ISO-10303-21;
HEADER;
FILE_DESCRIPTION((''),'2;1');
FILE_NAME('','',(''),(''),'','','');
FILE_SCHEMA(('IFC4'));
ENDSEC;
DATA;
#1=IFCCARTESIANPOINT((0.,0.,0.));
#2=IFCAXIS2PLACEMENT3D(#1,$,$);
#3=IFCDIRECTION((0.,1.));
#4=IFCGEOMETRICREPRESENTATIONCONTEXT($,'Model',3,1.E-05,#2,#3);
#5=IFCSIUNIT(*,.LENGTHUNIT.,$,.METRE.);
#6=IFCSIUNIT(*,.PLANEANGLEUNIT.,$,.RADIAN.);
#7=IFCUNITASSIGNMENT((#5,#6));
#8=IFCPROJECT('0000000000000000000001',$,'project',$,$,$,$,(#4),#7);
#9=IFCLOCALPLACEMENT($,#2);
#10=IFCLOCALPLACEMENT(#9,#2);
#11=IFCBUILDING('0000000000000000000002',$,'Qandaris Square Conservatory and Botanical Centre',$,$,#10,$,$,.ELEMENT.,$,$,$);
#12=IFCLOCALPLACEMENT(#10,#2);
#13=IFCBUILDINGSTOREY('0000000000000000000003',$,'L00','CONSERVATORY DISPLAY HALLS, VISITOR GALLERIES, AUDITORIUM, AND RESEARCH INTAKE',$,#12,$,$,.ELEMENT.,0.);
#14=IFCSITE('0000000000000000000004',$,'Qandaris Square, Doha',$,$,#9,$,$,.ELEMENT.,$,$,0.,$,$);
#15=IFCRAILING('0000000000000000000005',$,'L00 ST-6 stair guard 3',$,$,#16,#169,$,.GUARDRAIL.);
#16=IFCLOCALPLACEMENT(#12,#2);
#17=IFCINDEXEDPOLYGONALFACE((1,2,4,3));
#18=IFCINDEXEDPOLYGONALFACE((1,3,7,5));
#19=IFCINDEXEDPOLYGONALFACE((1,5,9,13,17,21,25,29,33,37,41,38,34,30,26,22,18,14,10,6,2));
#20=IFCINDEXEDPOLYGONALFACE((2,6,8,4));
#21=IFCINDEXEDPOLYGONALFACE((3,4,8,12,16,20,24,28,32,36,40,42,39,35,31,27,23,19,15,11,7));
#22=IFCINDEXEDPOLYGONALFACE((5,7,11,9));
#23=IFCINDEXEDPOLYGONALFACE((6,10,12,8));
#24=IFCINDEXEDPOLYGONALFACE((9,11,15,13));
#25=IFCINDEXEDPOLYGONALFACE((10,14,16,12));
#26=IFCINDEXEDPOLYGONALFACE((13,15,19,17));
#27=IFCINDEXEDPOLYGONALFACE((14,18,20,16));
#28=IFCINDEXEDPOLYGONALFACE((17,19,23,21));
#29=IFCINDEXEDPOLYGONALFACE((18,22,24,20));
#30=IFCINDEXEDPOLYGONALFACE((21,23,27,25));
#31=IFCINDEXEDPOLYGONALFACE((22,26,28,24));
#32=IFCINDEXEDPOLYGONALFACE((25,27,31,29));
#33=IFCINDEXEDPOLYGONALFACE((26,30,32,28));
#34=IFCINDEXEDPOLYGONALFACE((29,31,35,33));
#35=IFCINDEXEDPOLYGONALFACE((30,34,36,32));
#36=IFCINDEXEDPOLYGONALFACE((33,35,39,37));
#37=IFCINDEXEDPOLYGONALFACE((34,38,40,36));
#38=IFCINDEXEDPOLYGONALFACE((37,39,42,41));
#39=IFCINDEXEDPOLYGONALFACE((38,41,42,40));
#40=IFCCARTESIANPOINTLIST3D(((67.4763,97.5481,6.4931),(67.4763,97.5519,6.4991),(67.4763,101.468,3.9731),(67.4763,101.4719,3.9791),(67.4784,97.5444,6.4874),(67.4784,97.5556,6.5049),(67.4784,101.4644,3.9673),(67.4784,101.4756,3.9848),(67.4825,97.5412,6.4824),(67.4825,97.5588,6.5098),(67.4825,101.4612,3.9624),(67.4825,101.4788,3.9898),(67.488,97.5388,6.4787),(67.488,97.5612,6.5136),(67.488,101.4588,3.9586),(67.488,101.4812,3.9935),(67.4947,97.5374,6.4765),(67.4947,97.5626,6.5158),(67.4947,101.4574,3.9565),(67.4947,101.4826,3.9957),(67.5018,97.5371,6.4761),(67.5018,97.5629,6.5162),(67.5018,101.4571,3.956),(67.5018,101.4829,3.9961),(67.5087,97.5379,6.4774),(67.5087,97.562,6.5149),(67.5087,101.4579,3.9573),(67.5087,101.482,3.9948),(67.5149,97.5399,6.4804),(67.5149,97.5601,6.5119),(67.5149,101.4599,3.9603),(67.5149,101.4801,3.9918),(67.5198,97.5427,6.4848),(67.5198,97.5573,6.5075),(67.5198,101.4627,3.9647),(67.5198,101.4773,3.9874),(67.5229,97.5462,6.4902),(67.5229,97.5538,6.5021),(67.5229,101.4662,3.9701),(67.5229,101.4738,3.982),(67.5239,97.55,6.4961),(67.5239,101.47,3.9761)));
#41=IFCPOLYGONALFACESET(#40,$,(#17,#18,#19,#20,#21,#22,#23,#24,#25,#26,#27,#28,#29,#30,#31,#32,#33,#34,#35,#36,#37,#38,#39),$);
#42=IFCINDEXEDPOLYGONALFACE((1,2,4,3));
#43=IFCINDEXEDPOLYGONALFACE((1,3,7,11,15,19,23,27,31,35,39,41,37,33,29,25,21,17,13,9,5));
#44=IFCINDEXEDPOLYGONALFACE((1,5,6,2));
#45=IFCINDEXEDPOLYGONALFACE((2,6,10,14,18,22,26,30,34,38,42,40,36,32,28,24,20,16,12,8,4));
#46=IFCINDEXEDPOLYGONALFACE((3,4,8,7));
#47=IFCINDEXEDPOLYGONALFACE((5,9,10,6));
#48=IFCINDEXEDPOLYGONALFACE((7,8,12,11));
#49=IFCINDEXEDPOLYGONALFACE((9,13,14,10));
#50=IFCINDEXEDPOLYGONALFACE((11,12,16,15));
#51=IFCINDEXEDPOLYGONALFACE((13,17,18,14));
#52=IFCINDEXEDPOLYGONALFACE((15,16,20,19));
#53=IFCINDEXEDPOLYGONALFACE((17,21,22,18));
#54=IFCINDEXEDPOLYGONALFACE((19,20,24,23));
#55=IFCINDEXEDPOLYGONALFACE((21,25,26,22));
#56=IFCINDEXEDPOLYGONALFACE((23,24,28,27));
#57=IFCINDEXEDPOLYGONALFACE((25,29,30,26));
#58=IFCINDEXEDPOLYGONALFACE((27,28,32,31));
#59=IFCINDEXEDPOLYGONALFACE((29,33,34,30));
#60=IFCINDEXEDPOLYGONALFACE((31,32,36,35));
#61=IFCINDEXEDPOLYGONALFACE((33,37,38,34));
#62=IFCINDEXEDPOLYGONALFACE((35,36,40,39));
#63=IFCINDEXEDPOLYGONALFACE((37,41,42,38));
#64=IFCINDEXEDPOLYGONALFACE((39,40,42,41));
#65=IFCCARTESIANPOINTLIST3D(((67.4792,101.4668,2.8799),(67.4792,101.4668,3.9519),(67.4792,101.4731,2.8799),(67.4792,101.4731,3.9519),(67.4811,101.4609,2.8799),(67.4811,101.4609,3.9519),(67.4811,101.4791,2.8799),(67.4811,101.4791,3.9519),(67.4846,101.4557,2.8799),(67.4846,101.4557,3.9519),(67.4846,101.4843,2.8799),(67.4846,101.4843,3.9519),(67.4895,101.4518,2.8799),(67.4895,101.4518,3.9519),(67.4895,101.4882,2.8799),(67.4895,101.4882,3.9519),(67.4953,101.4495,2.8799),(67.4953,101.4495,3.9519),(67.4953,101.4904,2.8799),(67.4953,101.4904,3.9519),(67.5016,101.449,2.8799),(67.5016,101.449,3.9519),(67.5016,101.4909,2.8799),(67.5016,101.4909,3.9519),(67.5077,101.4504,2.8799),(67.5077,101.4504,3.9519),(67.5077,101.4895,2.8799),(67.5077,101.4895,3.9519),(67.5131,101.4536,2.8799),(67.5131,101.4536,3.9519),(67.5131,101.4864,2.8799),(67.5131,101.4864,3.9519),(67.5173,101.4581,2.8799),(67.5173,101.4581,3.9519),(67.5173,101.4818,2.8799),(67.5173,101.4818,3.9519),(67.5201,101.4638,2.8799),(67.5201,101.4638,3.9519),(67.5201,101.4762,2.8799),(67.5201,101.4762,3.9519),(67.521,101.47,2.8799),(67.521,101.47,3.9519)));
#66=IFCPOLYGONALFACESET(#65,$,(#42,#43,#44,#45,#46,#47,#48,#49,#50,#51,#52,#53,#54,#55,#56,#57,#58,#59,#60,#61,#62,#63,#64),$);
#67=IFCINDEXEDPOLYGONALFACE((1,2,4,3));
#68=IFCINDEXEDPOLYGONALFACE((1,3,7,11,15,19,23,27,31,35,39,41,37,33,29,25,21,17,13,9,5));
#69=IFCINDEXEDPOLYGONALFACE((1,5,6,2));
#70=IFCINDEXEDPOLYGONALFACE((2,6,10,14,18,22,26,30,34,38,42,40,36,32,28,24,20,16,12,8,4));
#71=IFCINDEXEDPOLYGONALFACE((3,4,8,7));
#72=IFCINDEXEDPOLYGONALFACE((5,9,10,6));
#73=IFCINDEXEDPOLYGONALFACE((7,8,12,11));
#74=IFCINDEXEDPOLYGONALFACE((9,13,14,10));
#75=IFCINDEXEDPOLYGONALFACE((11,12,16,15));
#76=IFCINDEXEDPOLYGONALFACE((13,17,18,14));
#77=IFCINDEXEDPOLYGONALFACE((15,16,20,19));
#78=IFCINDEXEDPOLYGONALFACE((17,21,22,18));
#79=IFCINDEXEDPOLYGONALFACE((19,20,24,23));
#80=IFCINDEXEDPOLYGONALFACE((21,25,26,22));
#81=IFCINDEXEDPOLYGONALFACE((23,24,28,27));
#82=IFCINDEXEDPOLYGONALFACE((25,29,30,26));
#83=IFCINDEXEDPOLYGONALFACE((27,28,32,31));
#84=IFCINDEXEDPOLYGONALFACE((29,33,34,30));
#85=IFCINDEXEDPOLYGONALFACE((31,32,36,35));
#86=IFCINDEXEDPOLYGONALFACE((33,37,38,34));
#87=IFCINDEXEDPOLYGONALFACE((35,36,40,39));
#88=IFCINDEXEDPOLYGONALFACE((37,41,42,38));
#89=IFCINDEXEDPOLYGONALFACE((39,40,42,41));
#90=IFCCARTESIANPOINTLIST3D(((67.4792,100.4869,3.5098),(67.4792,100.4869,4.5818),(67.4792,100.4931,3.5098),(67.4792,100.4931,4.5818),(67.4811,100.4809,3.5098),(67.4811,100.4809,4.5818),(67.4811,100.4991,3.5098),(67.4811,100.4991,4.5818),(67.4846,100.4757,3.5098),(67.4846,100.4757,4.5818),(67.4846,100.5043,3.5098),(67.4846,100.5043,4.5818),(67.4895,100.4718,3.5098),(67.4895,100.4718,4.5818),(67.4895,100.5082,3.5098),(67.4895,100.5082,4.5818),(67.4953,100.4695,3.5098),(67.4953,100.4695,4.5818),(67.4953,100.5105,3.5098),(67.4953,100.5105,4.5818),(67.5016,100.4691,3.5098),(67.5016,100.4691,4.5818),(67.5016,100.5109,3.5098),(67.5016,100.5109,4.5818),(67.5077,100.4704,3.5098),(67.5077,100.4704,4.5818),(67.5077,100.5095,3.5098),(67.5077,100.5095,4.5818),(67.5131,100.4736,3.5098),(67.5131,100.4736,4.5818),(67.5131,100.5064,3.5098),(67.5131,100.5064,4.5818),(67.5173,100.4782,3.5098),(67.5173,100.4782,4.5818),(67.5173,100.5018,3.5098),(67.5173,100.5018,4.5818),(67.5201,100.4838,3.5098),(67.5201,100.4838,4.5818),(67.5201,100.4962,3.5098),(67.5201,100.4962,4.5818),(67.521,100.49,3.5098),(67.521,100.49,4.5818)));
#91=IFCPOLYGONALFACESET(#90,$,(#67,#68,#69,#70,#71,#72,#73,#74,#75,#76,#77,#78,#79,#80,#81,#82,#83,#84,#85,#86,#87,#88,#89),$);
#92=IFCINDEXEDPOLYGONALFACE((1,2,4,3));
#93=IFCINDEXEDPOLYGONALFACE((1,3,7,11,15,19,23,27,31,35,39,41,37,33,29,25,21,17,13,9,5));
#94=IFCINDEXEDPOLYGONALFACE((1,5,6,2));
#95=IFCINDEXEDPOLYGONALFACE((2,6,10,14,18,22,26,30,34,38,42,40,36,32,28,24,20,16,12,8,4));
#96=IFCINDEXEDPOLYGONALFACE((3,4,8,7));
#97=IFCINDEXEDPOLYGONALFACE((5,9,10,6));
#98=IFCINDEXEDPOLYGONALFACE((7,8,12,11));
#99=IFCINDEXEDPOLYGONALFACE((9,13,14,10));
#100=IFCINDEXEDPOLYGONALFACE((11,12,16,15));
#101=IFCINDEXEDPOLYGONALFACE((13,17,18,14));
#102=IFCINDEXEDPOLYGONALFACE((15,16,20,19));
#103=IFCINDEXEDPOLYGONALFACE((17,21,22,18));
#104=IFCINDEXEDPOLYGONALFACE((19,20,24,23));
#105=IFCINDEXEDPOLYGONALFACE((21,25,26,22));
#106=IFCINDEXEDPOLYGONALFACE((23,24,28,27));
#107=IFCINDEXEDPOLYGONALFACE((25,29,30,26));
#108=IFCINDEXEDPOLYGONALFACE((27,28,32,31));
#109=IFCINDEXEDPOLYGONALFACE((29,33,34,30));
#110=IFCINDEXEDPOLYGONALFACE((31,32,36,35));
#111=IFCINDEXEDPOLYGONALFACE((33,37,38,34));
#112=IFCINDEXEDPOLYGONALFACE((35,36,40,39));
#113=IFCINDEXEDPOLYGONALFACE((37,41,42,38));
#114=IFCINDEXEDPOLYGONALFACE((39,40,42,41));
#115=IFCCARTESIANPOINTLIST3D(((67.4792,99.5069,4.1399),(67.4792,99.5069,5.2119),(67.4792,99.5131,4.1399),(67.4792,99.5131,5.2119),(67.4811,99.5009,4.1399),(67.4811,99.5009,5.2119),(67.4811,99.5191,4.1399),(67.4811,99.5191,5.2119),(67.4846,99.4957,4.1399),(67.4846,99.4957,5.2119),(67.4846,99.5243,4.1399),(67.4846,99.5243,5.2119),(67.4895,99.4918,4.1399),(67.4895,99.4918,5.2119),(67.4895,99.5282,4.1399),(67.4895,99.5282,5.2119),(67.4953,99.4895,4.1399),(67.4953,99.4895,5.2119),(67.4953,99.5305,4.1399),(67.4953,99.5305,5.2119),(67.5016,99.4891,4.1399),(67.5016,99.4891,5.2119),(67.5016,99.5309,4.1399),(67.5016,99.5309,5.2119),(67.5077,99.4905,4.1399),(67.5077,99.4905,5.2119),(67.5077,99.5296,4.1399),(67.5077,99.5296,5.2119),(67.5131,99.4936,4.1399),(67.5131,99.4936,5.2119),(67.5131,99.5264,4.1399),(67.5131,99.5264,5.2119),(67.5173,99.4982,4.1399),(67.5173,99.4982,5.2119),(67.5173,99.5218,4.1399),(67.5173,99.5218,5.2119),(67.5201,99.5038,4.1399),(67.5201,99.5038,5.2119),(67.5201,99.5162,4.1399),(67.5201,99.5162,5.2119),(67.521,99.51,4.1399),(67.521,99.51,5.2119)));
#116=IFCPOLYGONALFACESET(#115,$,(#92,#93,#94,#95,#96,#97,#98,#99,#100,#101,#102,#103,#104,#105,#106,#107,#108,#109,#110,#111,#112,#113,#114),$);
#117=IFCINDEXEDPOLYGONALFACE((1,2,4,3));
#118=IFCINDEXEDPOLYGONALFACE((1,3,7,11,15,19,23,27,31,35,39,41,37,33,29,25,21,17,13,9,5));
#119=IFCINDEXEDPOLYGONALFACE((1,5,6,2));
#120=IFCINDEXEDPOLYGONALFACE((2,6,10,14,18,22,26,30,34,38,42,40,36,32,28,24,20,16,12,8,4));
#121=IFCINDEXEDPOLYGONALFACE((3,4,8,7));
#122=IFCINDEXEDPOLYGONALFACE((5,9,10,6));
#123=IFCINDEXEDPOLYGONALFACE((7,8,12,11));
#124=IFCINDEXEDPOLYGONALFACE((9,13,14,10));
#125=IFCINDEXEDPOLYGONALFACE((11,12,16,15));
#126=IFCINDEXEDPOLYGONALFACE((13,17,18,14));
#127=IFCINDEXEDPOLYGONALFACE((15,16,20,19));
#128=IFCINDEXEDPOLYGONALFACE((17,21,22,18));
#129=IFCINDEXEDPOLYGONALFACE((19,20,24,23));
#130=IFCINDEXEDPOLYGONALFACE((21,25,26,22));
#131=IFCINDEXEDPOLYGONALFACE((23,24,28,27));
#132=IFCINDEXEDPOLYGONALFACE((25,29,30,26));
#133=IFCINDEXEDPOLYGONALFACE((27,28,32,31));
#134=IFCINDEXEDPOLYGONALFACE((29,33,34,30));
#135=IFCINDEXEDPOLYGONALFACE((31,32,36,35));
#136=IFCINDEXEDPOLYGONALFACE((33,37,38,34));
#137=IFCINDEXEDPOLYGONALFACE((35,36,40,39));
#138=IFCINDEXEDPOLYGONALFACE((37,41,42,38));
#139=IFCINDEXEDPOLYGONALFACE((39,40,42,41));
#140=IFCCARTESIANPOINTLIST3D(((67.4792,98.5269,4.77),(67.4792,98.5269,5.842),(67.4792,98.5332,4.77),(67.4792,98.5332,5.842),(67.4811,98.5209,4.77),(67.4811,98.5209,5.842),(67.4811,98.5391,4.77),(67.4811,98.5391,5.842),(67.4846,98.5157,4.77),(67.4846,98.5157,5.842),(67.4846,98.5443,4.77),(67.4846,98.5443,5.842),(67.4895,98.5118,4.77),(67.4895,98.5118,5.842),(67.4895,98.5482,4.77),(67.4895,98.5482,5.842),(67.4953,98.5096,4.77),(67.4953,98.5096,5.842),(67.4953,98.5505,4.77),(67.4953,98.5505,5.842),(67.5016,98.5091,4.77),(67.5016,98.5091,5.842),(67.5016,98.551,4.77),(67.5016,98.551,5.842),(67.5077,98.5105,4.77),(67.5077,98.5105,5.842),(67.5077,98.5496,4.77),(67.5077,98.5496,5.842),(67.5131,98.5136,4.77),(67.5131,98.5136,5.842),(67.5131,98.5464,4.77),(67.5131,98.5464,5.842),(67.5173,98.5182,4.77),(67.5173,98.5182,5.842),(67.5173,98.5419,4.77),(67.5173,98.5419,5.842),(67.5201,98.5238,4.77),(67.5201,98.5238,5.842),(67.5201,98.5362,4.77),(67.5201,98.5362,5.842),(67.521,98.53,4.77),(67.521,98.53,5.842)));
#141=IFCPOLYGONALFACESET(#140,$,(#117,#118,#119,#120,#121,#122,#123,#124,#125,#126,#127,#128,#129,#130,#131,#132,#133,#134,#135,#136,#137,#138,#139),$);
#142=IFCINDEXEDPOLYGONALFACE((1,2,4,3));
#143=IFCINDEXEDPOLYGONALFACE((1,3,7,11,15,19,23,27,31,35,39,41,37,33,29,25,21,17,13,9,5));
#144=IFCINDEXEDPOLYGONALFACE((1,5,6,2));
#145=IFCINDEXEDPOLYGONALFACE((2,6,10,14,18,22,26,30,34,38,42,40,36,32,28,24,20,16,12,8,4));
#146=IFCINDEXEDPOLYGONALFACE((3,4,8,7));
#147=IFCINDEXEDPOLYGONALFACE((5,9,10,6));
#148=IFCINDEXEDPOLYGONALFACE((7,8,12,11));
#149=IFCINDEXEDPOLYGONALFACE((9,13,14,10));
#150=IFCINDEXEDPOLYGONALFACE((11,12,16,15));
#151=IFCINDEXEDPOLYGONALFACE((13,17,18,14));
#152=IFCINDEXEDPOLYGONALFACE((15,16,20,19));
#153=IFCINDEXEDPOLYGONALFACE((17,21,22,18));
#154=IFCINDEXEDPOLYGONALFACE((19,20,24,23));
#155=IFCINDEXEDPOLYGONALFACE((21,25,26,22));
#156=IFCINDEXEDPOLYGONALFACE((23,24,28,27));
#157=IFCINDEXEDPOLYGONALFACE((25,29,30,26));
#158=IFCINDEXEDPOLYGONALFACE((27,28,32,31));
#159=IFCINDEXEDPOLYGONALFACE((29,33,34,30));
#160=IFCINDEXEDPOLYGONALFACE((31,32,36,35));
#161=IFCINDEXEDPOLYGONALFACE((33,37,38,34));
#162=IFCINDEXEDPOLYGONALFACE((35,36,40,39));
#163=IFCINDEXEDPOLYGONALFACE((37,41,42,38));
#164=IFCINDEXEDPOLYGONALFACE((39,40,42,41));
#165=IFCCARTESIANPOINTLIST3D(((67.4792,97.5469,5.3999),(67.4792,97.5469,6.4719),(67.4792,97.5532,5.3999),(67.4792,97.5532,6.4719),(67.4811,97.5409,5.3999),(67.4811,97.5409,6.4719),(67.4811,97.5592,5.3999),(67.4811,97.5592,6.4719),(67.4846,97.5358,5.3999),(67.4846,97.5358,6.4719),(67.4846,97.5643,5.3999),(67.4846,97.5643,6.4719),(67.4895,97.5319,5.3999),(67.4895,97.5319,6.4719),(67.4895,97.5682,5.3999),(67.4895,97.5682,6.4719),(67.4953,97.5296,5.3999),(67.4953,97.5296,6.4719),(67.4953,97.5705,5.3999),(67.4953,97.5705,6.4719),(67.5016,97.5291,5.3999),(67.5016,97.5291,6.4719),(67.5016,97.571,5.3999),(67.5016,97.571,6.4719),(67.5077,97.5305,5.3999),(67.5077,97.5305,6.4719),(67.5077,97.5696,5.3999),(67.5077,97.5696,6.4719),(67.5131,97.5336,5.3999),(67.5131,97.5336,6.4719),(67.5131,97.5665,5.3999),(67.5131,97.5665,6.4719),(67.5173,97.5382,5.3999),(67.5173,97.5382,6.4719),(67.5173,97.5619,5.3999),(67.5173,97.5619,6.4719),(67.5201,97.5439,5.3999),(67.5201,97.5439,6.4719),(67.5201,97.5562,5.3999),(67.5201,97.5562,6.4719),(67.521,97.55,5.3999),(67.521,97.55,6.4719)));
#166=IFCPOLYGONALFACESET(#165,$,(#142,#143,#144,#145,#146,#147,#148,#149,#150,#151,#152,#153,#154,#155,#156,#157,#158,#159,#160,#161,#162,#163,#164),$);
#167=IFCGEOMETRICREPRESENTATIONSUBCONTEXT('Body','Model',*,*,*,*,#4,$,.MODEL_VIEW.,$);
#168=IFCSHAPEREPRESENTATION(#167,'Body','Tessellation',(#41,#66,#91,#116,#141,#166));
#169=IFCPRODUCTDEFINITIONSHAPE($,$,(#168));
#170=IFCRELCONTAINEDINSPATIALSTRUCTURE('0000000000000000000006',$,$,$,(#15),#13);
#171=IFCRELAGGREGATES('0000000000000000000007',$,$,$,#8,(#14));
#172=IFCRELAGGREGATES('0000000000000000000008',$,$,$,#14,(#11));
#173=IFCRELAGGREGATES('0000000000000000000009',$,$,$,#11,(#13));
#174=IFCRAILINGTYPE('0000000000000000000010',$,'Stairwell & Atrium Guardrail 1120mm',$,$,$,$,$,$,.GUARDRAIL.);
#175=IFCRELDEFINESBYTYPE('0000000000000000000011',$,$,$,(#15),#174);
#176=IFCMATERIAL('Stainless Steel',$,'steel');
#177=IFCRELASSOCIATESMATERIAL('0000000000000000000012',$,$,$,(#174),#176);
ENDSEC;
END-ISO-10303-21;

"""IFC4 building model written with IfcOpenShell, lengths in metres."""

from ifc_helpers import new_model, si_unit, direction, frame, origin, origin_2d, place, context, subcontext, project, spatial, circle, extrude, material, type_object, element, save


model = new_model("IFC4")

# Units and contexts
model_context = context("Model", 3, precision=1e-05, world=origin(), true_north=direction((0.0, 1.0)))
body_context = subcontext(model_context, "Body", "Model", "MODEL_VIEW")
ifc_project = project(units=[si_unit("LENGTHUNIT", "METRE"), si_unit("PLANEANGLEUNIT", "RADIAN")], contexts=[model_context])

# Site, building, storey
site_placement = place(None, origin())
site = spatial("IfcSite", under=ifc_project, at=site_placement, Name="Qandaris Square, Doha", CompositionType="ELEMENT", RefElevation=0.0)
building_placement = place(site_placement, origin())
building = spatial("IfcBuilding", under=site, at=building_placement, Name="Qandaris Square Conservatory and Botanical Centre", CompositionType="ELEMENT")
storey_placement = place(building_placement, origin())
storey = spatial("IfcBuildingStorey", under=building, at=storey_placement, Name="L00", Description="CONSERVATORY DISPLAY HALLS, VISITOR GALLERIES, AUDITORIUM, AND RESEARCH INTAKE", CompositionType="ELEMENT", Elevation=0.0)

# Railing
ifc_material_1 = material(Name="Stainless Steel", Category="steel")
railing_type_1 = type_object("IfcRailingType", Name="Stairwell & Atrium Guardrail 1120mm", PredefinedType="GUARDRAIL", material=ifc_material_1)
railing_1_placement = place(storey_placement, frame((67.5, 101.47, 2.8799)))
element("IfcRailing", 1, at=railing_1_placement, inside=storey, type_object=railing_type_1, Name="L00 ST-6 stair guard 3", PredefinedType="GUARDRAIL", context=body_context, shape_type="SweptSolid", body=[
    extrude(circle(Radius=0.0239, at=origin_2d()), frame((0.0, 0.0, 1.0962), z_axis=(0.0, -0.841172, 0.540768), x_axis=(1.0, 0.0, 0.0)), (0.0, 0.0, 1.0), 4.6602),
    extrude(circle(Radius=0.021, at=origin_2d()), origin(), (0.0, 0.0, 1.0), 1.072),
    extrude(circle(Radius=0.021, at=origin_2d()), frame((0.0, -0.98, 0.6299)), (0.0, 0.0, 1.0), 1.072),
    extrude(circle(Radius=0.021, at=origin_2d()), frame((0.0, -1.96, 1.26)), (0.0, 0.0, 1.0), 1.072),
    extrude(circle(Radius=0.021, at=origin_2d()), frame((0.0, -2.9399, 1.8901)), (0.0, 0.0, 1.0), 1.072),
    extrude(circle(Radius=0.021, at=origin_2d()), frame((0.0, -3.9199, 2.52)), (0.0, 0.0, 1.0), 1.072),
])

save(model, "model.ifc")
